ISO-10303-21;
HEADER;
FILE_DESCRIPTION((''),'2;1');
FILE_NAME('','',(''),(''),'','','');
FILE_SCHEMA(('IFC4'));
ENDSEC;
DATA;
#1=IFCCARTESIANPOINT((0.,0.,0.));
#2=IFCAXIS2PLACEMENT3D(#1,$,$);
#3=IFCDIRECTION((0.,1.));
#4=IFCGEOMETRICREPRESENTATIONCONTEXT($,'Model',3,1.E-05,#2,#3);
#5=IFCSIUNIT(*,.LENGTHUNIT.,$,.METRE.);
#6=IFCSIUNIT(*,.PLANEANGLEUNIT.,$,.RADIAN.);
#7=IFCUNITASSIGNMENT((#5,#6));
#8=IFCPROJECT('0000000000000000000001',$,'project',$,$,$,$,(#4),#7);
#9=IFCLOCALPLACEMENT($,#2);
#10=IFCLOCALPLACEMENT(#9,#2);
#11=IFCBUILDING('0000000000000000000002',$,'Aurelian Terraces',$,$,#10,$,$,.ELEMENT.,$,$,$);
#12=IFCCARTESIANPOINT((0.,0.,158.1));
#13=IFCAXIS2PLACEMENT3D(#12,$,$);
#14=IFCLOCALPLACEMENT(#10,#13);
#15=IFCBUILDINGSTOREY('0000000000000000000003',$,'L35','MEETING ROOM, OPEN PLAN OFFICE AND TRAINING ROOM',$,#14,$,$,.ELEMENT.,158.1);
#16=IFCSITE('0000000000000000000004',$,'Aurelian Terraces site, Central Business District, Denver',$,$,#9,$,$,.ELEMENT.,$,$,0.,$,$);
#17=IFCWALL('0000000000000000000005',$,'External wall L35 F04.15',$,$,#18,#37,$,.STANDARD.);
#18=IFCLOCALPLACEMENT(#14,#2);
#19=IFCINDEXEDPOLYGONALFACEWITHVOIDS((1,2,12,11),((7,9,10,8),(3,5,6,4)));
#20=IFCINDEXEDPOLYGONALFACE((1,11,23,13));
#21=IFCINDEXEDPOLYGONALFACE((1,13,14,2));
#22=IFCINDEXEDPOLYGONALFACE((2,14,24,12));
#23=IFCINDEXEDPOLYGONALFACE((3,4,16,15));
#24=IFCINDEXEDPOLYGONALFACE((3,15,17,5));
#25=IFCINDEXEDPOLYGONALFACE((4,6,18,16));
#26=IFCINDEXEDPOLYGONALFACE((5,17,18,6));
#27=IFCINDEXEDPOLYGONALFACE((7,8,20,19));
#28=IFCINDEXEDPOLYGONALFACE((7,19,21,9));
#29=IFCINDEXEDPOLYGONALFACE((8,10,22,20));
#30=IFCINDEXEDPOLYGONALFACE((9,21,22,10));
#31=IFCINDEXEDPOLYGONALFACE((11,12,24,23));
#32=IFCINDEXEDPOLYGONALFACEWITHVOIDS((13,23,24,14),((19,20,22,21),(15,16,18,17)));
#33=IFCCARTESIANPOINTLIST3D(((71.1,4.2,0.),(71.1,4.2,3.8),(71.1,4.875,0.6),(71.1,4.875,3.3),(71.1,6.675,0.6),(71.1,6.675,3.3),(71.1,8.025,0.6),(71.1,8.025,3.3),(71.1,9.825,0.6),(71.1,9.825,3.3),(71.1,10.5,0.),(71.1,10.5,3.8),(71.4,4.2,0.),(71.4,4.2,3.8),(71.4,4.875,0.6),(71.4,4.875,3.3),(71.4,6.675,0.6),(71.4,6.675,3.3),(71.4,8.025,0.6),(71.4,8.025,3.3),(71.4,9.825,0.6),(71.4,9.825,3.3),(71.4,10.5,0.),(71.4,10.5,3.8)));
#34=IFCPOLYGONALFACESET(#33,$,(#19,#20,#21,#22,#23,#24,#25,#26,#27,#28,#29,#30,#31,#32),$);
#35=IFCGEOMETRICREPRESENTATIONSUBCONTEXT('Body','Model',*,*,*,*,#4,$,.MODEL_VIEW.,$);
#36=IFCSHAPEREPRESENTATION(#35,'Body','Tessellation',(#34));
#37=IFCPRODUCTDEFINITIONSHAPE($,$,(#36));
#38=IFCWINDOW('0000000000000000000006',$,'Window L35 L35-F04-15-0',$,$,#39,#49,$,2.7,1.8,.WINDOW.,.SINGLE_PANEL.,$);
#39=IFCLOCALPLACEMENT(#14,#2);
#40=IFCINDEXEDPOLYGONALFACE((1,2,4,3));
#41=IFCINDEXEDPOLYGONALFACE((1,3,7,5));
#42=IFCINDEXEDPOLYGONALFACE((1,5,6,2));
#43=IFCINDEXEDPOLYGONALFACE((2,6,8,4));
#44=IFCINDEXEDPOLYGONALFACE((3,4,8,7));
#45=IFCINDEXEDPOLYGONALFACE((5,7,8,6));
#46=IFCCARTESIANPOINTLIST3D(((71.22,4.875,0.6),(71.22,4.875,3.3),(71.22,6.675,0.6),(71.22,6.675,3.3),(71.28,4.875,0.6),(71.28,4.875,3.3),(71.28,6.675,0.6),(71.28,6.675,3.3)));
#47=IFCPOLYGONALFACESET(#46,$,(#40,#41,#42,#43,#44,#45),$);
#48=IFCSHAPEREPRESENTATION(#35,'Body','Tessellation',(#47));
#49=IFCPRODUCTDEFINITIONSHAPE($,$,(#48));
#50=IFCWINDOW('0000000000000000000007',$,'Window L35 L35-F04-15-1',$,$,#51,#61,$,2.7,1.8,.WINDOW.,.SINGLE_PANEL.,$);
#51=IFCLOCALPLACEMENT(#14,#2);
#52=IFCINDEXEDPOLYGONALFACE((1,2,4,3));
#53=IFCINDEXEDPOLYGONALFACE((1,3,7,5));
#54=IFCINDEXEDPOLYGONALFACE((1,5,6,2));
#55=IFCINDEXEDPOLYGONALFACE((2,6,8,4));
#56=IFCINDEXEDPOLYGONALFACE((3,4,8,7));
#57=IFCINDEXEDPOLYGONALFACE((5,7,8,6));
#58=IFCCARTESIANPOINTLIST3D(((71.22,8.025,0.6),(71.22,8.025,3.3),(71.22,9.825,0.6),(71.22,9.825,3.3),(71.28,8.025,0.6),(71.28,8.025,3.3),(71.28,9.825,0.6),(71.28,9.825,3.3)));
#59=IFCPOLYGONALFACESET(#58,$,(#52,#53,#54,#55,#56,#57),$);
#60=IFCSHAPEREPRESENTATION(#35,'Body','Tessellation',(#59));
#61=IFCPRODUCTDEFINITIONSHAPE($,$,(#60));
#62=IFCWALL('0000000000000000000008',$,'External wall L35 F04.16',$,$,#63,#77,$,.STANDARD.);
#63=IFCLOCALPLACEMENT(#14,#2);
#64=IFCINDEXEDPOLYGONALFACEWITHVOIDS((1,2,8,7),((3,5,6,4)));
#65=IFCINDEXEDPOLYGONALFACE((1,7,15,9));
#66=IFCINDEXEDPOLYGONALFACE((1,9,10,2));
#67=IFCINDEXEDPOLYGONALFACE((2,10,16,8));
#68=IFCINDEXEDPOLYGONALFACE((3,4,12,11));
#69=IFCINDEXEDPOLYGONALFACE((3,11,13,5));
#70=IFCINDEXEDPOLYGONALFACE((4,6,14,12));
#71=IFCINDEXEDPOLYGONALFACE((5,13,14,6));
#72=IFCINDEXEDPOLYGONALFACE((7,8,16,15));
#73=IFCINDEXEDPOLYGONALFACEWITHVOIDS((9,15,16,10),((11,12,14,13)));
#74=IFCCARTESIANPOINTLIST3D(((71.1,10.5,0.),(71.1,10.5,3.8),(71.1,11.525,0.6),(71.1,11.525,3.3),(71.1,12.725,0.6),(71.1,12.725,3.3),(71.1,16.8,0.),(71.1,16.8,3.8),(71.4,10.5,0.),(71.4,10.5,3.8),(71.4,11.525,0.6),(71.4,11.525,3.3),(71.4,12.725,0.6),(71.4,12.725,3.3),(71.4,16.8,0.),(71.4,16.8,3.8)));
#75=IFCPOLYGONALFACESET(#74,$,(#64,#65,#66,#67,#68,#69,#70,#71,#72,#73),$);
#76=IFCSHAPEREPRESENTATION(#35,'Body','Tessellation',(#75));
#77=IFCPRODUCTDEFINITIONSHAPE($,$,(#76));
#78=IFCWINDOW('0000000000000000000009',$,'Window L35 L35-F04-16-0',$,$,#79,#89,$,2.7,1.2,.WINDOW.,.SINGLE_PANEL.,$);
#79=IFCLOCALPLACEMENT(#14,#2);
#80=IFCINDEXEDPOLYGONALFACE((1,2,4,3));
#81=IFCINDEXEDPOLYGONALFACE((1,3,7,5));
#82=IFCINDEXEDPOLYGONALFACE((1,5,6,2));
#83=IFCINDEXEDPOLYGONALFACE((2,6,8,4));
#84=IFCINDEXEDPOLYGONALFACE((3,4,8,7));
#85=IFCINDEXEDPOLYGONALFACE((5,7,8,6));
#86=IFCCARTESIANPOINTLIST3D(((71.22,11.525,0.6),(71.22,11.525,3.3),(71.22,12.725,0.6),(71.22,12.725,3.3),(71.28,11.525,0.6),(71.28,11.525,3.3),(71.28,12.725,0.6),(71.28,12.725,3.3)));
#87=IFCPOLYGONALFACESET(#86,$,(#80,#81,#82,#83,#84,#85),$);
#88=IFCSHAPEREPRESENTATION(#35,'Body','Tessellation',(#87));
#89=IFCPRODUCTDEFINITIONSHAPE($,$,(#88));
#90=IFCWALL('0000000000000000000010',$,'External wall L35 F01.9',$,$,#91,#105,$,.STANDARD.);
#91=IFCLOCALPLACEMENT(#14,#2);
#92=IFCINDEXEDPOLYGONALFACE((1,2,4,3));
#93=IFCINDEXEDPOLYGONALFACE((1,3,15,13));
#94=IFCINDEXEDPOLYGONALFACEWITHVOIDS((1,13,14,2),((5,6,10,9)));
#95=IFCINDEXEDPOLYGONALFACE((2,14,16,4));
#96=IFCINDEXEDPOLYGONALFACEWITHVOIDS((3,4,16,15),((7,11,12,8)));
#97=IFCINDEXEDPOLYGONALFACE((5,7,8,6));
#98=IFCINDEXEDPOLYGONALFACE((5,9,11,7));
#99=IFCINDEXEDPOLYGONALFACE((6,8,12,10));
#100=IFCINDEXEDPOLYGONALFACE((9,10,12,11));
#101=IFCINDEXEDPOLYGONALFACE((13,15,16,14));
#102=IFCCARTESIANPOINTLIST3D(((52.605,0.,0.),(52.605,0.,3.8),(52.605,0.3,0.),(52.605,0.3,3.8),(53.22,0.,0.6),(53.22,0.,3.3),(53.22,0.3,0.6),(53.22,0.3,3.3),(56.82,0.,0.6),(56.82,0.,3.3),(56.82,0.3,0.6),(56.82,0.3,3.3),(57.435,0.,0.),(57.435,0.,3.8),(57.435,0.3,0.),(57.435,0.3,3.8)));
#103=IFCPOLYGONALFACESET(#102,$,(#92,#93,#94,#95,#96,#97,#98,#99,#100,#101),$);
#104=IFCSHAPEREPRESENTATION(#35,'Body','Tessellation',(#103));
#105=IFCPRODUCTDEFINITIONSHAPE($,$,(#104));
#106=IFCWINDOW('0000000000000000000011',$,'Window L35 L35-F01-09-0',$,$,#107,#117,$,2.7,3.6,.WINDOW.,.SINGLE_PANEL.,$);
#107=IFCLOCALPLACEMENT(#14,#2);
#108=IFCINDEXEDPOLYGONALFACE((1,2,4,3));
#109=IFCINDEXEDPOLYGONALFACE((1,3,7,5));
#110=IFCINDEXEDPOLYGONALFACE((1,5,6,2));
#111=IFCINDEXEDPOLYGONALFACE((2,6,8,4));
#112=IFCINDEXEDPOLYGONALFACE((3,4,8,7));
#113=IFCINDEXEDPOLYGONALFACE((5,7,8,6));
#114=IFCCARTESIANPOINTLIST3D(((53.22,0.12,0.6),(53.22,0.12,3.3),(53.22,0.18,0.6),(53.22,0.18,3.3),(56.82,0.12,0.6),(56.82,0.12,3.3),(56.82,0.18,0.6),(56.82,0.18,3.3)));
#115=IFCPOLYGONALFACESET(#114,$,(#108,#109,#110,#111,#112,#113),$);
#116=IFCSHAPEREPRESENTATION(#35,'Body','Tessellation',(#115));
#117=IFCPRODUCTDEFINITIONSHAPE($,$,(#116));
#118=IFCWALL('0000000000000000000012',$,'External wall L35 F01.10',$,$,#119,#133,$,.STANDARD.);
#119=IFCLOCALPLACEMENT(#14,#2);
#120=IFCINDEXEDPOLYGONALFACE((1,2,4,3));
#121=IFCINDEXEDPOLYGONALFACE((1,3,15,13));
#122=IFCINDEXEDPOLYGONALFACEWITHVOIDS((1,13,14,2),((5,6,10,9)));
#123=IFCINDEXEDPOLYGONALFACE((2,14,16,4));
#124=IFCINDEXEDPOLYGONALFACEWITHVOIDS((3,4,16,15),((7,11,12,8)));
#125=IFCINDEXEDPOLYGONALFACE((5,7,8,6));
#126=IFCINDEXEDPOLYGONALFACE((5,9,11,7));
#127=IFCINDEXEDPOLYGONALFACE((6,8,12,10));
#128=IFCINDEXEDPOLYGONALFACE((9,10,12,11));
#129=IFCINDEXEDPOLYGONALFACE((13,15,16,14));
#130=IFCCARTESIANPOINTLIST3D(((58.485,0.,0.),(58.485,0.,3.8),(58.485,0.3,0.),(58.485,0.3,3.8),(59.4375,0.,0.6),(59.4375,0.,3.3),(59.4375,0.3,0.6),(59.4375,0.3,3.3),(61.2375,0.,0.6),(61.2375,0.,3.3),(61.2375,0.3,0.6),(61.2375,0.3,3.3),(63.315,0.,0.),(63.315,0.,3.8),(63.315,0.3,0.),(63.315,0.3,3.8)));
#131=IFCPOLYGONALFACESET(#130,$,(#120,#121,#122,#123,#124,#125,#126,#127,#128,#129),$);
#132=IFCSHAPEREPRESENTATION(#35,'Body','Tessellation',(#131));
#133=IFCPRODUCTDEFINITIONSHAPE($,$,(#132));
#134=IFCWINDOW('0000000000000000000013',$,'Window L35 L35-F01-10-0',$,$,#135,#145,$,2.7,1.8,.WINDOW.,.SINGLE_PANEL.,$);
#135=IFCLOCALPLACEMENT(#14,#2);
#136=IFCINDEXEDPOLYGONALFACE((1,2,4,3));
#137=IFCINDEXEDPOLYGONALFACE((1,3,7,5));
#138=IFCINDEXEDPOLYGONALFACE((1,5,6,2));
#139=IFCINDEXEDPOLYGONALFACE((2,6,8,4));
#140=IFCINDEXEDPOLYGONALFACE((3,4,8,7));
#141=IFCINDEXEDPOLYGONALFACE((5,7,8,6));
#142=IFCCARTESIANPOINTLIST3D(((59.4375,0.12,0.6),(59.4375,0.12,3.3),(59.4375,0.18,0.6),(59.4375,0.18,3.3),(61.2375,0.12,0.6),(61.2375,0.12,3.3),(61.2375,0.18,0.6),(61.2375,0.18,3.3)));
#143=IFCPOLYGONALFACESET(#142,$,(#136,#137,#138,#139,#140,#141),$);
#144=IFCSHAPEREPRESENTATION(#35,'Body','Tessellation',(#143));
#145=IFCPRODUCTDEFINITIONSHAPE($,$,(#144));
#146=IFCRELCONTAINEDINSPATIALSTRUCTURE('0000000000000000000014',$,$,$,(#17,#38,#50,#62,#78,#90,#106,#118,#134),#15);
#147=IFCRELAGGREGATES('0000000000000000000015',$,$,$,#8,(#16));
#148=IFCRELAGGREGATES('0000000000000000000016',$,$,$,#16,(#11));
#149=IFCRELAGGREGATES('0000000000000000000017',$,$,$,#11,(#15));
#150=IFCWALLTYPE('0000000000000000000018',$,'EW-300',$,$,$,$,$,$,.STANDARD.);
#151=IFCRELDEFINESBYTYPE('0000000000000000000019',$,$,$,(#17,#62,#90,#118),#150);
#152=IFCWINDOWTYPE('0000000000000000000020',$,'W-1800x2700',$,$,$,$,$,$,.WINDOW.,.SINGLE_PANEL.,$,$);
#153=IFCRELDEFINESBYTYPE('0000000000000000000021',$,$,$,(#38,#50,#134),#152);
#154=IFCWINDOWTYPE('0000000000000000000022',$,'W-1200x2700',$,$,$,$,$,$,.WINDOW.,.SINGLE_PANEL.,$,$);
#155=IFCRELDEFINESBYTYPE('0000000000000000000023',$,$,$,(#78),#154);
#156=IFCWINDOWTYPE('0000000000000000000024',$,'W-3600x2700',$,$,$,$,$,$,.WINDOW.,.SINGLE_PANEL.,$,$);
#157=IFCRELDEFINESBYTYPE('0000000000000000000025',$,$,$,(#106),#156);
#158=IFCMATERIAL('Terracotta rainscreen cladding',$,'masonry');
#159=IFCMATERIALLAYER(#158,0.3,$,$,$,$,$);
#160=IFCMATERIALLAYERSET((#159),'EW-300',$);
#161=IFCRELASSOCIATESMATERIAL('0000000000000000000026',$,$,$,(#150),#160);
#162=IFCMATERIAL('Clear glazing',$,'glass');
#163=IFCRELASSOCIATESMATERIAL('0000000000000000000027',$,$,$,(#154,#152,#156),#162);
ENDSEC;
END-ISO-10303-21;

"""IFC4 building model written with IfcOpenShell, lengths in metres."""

from ifc_helpers import new_model, si_unit, direction, frame, frame_2d, origin, place, context, subcontext, project, spatial, rectangle, extrude, source, transform, mapped, material, layer, layer_set, type_object, element, fill, save


model = new_model("IFC4")

# Units and contexts
model_context = context("Model", 3, precision=1e-05, world=origin(), true_north=direction((0.0, 1.0)))
body_context = subcontext(model_context, "Body", "Model", "MODEL_VIEW")
ifc_project = project(units=[si_unit("LENGTHUNIT", "METRE"), si_unit("PLANEANGLEUNIT", "RADIAN")], contexts=[model_context])

# Site, building, storey
site_placement = place(None, origin())
site = spatial("IfcSite", under=ifc_project, at=site_placement, Name="Aurelian Terraces site, Central Business District, Denver", CompositionType="ELEMENT", RefElevation=0.0)
building_placement = place(site_placement, origin())
building = spatial("IfcBuilding", under=site, at=building_placement, Name="Aurelian Terraces", CompositionType="ELEMENT")
storey_placement = place(building_placement, frame((0.0, 0.0, 158.1)))
storey = spatial("IfcBuildingStorey", under=building, at=storey_placement, Name="L35", Description="MEETING ROOM, OPEN PLAN OFFICE AND TRAINING ROOM", CompositionType="ELEMENT", Elevation=158.1)

# Shared definitions
ifc_material_1 = material(Name="Terracotta rainscreen cladding", Category="masonry")
ifc_layer_1 = layer(ifc_material_1, 0.3)
ifc_layer_set_1 = layer_set([ifc_layer_1], Name="EW-300")
wall_type_1 = type_object("IfcWallType", Name="EW-300", PredefinedType="STANDARD", material=ifc_layer_set_1)
ifc_material_2 = material(Name="Clear glazing", Category="glass")
shared_shape_1 = source(origin(), body_context, "Body", "SweptSolid", [
    extrude(rectangle(XDim=1.2, YDim=2.7, at=frame_2d((0.6, 1.35))), frame((0.0, 0.16, 0.0), z_axis=(0.0, -1.0, 0.0), x_axis=(1.0, 0.0, 0.0)), (0.0, 0.0, 1.0), 0.32),
])
window_type_1 = type_object("IfcWindowType", Name="W-1200x2700", PartitioningType="SINGLE_PANEL", PredefinedType="WINDOW", material=ifc_material_2)
shared_shape_2 = source(origin(), body_context, "Body", "SweptSolid", [
    extrude(rectangle(XDim=1.2, YDim=2.7, at=frame_2d((0.6, 1.35))), frame((0.0, 0.03, 0.0), z_axis=(0.0, -1.0, 0.0), x_axis=(1.0, 0.0, 0.0)), (0.0, 0.0, 1.0), 0.06),
])

# Wall, openings, windows
shared_shape_3 = source(origin(), body_context, "Body", "SweptSolid", [
    extrude(rectangle(XDim=6.3, YDim=0.3, at=frame_2d((3.15, 0.0))), origin(), (0.0, 0.0, 1.0), 3.8),
])
wall_1_placement = place(storey_placement, frame((71.25, 4.2, 0.0), z_axis=(0.0, 0.0, 1.0), x_axis=(0.0, 1.0, 0.0)))
wall_1 = element("IfcWall", 1, at=wall_1_placement, inside=storey, type_object=wall_type_1, Name="External wall L35 F04.15", PredefinedType="STANDARD", context=body_context, shape_type="MappedRepresentation", body=[
    mapped(shared_shape_3, transform((0.0, 0.0, 0.0), scale=1.0)),
])
shared_shape_4 = source(origin(), body_context, "Body", "SweptSolid", [
    extrude(rectangle(XDim=1.8, YDim=2.7, at=frame_2d((0.9, 1.35))), frame((0.0, 0.16, 0.0), z_axis=(0.0, -1.0, 0.0), x_axis=(1.0, 0.0, 0.0)), (0.0, 0.0, 1.0), 0.32),
])
opening_1_placement = place(wall_1_placement, frame((0.675, 0.0, 0.6)))
opening_1 = element("IfcOpeningElement", 2, at=opening_1_placement, cuts=wall_1, PredefinedType="OPENING", context=body_context, shape_type="MappedRepresentation", body=[
    mapped(shared_shape_4, transform((0.0, 0.0, 0.0), scale=1.0)),
])
opening_2_placement = place(wall_1_placement, frame((3.825, 0.0, 0.6)))
opening_2 = element("IfcOpeningElement", 3, at=opening_2_placement, cuts=wall_1, PredefinedType="OPENING", context=body_context, shape_type="MappedRepresentation", body=[
    mapped(shared_shape_4, transform((0.0, 0.0, 0.0), scale=1.0)),
])
window_type_2 = type_object("IfcWindowType", Name="W-1800x2700", PartitioningType="SINGLE_PANEL", PredefinedType="WINDOW", material=ifc_material_2)
shared_shape_5 = source(origin(), body_context, "Body", "SweptSolid", [
    extrude(rectangle(XDim=1.8, YDim=2.7, at=frame_2d((0.9, 1.35))), frame((0.0, 0.03, 0.0), z_axis=(0.0, -1.0, 0.0), x_axis=(1.0, 0.0, 0.0)), (0.0, 0.0, 1.0), 0.06),
])
window_1_placement = place(opening_1_placement, origin())
window_1 = element("IfcWindow", 4, at=window_1_placement, inside=storey, type_object=window_type_2, Name="Window L35 L35-F04-15-0", OverallHeight=2.7, OverallWidth=1.8, PartitioningType="SINGLE_PANEL", PredefinedType="WINDOW", context=body_context, shape_type="MappedRepresentation", body=[
    mapped(shared_shape_5, transform((0.0, 0.0, 0.0), scale=1.0)),
])
fill(opening_1, window_1)
window_2_placement = place(opening_2_placement, origin())
window_2 = element("IfcWindow", 5, at=window_2_placement, inside=storey, type_object=window_type_2, Name="Window L35 L35-F04-15-1", OverallHeight=2.7, OverallWidth=1.8, PartitioningType="SINGLE_PANEL", PredefinedType="WINDOW", context=body_context, shape_type="MappedRepresentation", body=[
    mapped(shared_shape_5, transform((0.0, 0.0, 0.0), scale=1.0)),
])
fill(opening_2, window_2)

# Walls, openings, windows
wall_2_placement = place(storey_placement, frame((71.25, 10.5, 0.0), z_axis=(0.0, 0.0, 1.0), x_axis=(0.0, 1.0, 0.0)))
wall_2 = element("IfcWall", 6, at=wall_2_placement, inside=storey, type_object=wall_type_1, Name="External wall L35 F04.16", PredefinedType="STANDARD", context=body_context, shape_type="MappedRepresentation", body=[
    mapped(shared_shape_3, transform((0.0, 0.0, 0.0), scale=1.0)),
])
opening_3_placement = place(wall_2_placement, frame((1.025, 0.0, 0.6)))
opening_3 = element("IfcOpeningElement", 7, at=opening_3_placement, cuts=wall_2, PredefinedType="OPENING", context=body_context, shape_type="MappedRepresentation", body=[
    mapped(shared_shape_1, transform((0.0, 0.0, 0.0), scale=1.0)),
])
window_3_placement = place(opening_3_placement, origin())
window_3 = element("IfcWindow", 8, at=window_3_placement, inside=storey, type_object=window_type_1, Name="Window L35 L35-F04-16-0", OverallHeight=2.7, OverallWidth=1.2, PartitioningType="SINGLE_PANEL", PredefinedType="WINDOW", context=body_context, shape_type="MappedRepresentation", body=[
    mapped(shared_shape_2, transform((0.0, 0.0, 0.0), scale=1.0)),
])
fill(opening_3, window_3)
shared_shape_6 = source(origin(), body_context, "Body", "SweptSolid", [
    extrude(rectangle(XDim=4.83, YDim=0.3, at=frame_2d((2.415, 0.0))), origin(), (0.0, 0.0, 1.0), 3.8),
])
wall_3_placement = place(storey_placement, frame((52.605, 0.15, 0.0), z_axis=(0.0, 0.0, 1.0), x_axis=(1.0, 0.0, 0.0)))
wall_3 = element("IfcWall", 9, at=wall_3_placement, inside=storey, type_object=wall_type_1, Name="External wall L35 F01.9", PredefinedType="STANDARD", context=body_context, shape_type="MappedRepresentation", body=[
    mapped(shared_shape_6, transform((0.0, 0.0, 0.0), scale=1.0)),
])
shared_shape_7 = source(origin(), body_context, "Body", "SweptSolid", [
    extrude(rectangle(XDim=3.6, YDim=2.7, at=frame_2d((1.8, 1.35))), frame((0.0, 0.16, 0.0), z_axis=(0.0, -1.0, 0.0), x_axis=(1.0, 0.0, 0.0)), (0.0, 0.0, 1.0), 0.32),
])
opening_4_placement = place(wall_3_placement, frame((0.615, 0.0, 0.6)))
opening_4 = element("IfcOpeningElement", 10, at=opening_4_placement, cuts=wall_3, PredefinedType="OPENING", context=body_context, shape_type="MappedRepresentation", body=[
    mapped(shared_shape_7, transform((0.0, 0.0, 0.0), scale=1.0)),
])
window_type_3 = type_object("IfcWindowType", Name="W-3600x2700", PartitioningType="SINGLE_PANEL", PredefinedType="WINDOW", material=ifc_material_2)
shared_shape_8 = source(origin(), body_context, "Body", "SweptSolid", [
    extrude(rectangle(XDim=3.6, YDim=2.7, at=frame_2d((1.8, 1.35))), frame((0.0, 0.03, 0.0), z_axis=(0.0, -1.0, 0.0), x_axis=(1.0, 0.0, 0.0)), (0.0, 0.0, 1.0), 0.06),
])
window_4_placement = place(opening_4_placement, origin())
window_4 = element("IfcWindow", 11, at=window_4_placement, inside=storey, type_object=window_type_3, Name="Window L35 L35-F01-09-0", OverallHeight=2.7, OverallWidth=3.6, PartitioningType="SINGLE_PANEL", PredefinedType="WINDOW", context=body_context, shape_type="MappedRepresentation", body=[
    mapped(shared_shape_8, transform((0.0, 0.0, 0.0), scale=1.0)),
])
fill(opening_4, window_4)
wall_4_placement = place(storey_placement, frame((58.485, 0.15, 0.0), z_axis=(0.0, 0.0, 1.0), x_axis=(1.0, 0.0, 0.0)))
wall_4 = element("IfcWall", 12, at=wall_4_placement, inside=storey, type_object=wall_type_1, Name="External wall L35 F01.10", PredefinedType="STANDARD", context=body_context, shape_type="MappedRepresentation", body=[
    mapped(shared_shape_6, transform((0.0, 0.0, 0.0), scale=1.0)),
])
opening_5_placement = place(wall_4_placement, frame((0.9525, 0.0, 0.6)))
opening_5 = element("IfcOpeningElement", 13, at=opening_5_placement, cuts=wall_4, PredefinedType="OPENING", context=body_context, shape_type="MappedRepresentation", body=[
    mapped(shared_shape_4, transform((0.0, 0.0, 0.0), scale=1.0)),
])
window_5_placement = place(opening_5_placement, origin())
window_5 = element("IfcWindow", 14, at=window_5_placement, inside=storey, type_object=window_type_2, Name="Window L35 L35-F01-10-0", OverallHeight=2.7, OverallWidth=1.8, PartitioningType="SINGLE_PANEL", PredefinedType="WINDOW", context=body_context, shape_type="MappedRepresentation", body=[
    mapped(shared_shape_5, transform((0.0, 0.0, 0.0), scale=1.0)),
])
fill(opening_5, window_5)

save(model, "model.ifc")
